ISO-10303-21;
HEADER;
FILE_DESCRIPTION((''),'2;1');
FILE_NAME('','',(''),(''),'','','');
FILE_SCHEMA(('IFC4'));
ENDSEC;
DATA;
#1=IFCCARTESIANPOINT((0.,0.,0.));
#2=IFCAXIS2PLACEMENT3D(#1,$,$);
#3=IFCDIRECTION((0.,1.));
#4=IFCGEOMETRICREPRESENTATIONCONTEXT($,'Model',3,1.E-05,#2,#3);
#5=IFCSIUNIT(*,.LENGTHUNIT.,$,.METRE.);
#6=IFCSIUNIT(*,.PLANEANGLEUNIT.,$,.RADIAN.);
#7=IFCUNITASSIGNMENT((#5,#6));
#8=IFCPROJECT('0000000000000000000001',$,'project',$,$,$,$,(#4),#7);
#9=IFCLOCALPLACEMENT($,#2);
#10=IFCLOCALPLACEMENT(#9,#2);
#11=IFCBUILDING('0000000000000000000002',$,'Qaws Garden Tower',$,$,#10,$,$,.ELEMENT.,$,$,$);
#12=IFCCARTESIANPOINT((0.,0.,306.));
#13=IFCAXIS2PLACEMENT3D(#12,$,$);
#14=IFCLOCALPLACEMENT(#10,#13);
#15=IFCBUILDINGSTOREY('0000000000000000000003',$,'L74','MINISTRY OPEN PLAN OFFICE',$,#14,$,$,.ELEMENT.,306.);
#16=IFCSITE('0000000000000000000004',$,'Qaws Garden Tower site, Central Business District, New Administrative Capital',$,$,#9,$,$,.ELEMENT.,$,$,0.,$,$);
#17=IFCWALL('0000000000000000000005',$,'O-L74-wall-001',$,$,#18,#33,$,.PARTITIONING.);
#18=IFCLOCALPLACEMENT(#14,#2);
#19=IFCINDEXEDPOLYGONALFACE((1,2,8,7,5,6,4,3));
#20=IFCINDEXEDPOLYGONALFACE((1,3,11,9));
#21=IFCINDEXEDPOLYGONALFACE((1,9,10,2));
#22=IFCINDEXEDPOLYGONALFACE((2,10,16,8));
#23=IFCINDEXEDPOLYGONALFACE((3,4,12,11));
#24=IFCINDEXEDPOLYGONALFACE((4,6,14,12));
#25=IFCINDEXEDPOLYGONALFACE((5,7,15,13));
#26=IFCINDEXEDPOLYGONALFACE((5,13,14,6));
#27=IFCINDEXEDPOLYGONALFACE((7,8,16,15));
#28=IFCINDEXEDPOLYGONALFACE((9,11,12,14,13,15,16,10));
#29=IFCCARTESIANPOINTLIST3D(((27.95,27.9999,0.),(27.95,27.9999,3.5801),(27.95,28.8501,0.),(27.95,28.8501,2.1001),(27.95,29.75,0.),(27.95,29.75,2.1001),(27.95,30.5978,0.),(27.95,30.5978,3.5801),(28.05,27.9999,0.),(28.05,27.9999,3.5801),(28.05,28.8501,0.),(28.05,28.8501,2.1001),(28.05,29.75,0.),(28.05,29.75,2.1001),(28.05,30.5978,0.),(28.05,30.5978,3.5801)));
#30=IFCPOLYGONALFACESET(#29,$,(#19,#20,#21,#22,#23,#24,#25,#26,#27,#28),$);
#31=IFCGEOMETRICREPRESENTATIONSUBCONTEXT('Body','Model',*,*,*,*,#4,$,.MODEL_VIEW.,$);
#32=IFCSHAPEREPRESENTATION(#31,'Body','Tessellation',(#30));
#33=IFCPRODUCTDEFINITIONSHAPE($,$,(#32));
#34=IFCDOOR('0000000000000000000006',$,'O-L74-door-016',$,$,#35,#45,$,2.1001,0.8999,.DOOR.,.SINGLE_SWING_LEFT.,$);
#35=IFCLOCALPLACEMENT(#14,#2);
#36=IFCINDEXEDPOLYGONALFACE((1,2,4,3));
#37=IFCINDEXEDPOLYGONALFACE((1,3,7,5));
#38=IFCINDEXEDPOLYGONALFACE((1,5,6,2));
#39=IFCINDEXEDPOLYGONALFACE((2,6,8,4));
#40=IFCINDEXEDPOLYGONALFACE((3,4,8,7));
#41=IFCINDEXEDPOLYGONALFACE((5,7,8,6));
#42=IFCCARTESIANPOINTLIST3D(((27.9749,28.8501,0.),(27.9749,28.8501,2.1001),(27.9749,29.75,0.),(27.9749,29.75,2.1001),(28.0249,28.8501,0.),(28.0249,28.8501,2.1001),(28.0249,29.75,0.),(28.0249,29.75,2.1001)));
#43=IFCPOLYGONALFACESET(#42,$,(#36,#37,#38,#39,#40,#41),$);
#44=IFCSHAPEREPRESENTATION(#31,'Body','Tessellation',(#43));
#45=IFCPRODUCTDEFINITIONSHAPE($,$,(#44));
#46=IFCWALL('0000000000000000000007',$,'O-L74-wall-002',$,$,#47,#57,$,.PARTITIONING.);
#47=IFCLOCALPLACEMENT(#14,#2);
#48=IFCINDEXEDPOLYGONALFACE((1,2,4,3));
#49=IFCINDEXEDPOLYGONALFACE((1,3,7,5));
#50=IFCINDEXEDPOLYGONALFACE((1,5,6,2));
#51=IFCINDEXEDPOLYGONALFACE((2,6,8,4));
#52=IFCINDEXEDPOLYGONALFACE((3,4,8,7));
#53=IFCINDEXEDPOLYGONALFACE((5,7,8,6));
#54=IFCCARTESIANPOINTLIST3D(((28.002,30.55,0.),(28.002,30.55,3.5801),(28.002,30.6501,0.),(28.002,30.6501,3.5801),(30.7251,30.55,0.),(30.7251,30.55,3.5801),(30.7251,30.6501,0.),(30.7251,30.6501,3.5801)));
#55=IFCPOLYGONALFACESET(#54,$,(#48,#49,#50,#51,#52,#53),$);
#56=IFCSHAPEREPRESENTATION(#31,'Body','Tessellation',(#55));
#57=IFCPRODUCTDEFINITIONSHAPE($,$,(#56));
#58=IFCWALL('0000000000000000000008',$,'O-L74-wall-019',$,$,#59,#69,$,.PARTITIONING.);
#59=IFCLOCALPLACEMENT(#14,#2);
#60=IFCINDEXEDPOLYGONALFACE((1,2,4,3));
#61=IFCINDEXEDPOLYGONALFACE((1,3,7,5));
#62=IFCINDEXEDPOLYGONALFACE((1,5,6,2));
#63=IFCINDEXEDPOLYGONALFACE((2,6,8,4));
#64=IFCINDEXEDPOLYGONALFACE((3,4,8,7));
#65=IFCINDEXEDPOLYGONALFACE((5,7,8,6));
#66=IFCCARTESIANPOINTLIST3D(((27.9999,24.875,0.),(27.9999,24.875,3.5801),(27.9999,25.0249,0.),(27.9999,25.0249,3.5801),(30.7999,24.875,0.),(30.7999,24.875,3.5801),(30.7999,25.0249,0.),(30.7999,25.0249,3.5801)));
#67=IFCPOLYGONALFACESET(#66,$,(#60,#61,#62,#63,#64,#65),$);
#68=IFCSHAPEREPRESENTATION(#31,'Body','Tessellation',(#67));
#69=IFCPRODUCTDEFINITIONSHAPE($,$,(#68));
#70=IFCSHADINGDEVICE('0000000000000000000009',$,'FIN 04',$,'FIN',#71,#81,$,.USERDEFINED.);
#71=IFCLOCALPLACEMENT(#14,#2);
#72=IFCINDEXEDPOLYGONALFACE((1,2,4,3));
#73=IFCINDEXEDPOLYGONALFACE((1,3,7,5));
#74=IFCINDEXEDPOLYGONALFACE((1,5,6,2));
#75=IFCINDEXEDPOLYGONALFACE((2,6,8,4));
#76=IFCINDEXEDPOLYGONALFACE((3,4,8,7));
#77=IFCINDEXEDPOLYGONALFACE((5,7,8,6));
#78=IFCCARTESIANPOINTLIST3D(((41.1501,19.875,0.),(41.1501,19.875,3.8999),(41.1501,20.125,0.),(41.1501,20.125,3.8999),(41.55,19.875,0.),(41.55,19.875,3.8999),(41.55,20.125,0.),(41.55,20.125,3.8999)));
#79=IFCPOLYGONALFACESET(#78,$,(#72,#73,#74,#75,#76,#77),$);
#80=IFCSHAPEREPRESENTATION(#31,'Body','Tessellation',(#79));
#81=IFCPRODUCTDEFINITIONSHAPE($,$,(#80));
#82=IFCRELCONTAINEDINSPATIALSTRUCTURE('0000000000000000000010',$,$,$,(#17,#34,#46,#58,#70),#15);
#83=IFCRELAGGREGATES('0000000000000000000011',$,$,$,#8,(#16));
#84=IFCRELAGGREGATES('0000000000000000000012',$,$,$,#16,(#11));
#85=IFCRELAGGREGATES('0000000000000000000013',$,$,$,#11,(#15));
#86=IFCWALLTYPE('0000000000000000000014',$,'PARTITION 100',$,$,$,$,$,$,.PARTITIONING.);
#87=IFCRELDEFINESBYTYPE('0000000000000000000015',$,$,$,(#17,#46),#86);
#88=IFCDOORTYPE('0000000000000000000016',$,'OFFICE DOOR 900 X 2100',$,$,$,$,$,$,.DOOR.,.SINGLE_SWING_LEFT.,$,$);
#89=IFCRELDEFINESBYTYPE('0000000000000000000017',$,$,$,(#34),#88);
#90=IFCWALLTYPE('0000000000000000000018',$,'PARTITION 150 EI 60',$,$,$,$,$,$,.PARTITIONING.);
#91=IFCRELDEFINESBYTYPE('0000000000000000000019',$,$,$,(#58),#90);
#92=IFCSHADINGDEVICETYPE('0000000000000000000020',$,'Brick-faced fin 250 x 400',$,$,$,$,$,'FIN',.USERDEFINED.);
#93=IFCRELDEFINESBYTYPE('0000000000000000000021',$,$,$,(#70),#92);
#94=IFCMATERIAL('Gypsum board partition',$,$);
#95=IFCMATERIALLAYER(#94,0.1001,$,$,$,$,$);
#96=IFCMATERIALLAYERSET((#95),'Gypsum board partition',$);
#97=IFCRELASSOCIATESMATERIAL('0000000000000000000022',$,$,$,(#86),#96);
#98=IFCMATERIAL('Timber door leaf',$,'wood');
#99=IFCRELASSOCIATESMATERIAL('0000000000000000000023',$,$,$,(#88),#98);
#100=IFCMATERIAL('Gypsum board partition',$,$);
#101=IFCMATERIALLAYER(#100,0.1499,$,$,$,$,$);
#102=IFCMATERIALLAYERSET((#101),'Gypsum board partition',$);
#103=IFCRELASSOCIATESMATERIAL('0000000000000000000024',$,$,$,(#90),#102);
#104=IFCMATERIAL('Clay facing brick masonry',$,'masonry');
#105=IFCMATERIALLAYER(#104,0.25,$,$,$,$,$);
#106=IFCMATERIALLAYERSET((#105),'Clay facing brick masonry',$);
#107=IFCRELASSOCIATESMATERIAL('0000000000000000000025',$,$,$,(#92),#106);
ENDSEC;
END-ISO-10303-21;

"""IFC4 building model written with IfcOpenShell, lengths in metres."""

from ifc_helpers import new_model, si_unit, direction, frame, frame_2d, origin, origin_2d, place, context, subcontext, project, spatial, rectangle, extrude, material, layer, layer_set, type_object, element, fill, save


model = new_model("IFC4")

# Units and contexts
model_context = context("Model", 3, precision=1e-05, world=origin(), true_north=direction((0.0, 1.0)))
body_context = subcontext(model_context, "Body", "Model", "MODEL_VIEW")
ifc_project = project(units=[si_unit("LENGTHUNIT", "METRE"), si_unit("PLANEANGLEUNIT", "RADIAN")], contexts=[model_context])

# Site, building, storey
site_placement = place(None, origin())
site = spatial("IfcSite", under=ifc_project, at=site_placement, Name="Qaws Garden Tower site, Central Business District, New Administrative Capital", CompositionType="ELEMENT", RefElevation=0.0)
building_placement = place(site_placement, origin())
building = spatial("IfcBuilding", under=site, at=building_placement, Name="Qaws Garden Tower", CompositionType="ELEMENT")
storey_placement = place(building_placement, frame((0.0, 0.0, 306.0)))
storey = spatial("IfcBuildingStorey", under=building, at=storey_placement, Name="L74", Description="MINISTRY OPEN PLAN OFFICE", CompositionType="ELEMENT", Elevation=306.0)

# Wall, opening, door
ifc_material_1 = material(Name="Gypsum board partition")
ifc_layer_1 = layer(ifc_material_1, 0.1001)
ifc_layer_set_1 = layer_set([ifc_layer_1], Name="Gypsum board partition")
wall_type_1 = type_object("IfcWallType", Name="PARTITION 100", PredefinedType="PARTITIONING", material=ifc_layer_set_1)
wall_1_placement = place(storey_placement, frame((28.0, 28.0, 0.0), z_axis=(0.0, 0.0, 1.0), x_axis=(0.0, 1.0, 0.0)))
wall_1 = element("IfcWall", 1, at=wall_1_placement, inside=storey, type_object=wall_type_1, Name="O-L74-wall-001", PredefinedType="PARTITIONING", context=body_context, shape_type="SweptSolid", body=[
    extrude(rectangle(XDim=2.5979, YDim=0.1001, at=frame_2d((1.2988, 0.0))), origin(), (0.0, 0.0, 1.0), 3.5801),
])
opening_1_placement = place(wall_1_placement, frame((0.8501, 0.0, 0.0)))
opening_1 = element("IfcOpeningElement", 2, at=opening_1_placement, cuts=wall_1, PredefinedType="OPENING", context=body_context, shape_type="SweptSolid", body=[
    extrude(rectangle(XDim=0.8999, YDim=2.1001, at=frame_2d((0.45, 1.05))), frame((0.0, 0.0601, 0.0), z_axis=(0.0, -1.0, 0.0), x_axis=(1.0, 0.0, 0.0)), (0.0, 0.0, 1.0), 0.1201),
])
ifc_material_2 = material(Name="Timber door leaf", Category="wood")
door_type_1 = type_object("IfcDoorType", Name="OFFICE DOOR 900 X 2100", OperationType="SINGLE_SWING_LEFT", PredefinedType="DOOR", material=ifc_material_2)
door_1_placement = place(opening_1_placement, frame((0.8999, 0.0, 0.0), z_axis=(0.0, 0.0, 1.0), x_axis=(-1.0, 0.0, 0.0)))
door_1 = element("IfcDoor", 3, at=door_1_placement, inside=storey, type_object=door_type_1, Name="O-L74-door-016", OperationType="SINGLE_SWING_LEFT", OverallHeight=2.1001, OverallWidth=0.8999, PredefinedType="DOOR", context=body_context, shape_type="SweptSolid", body=[
    extrude(rectangle(XDim=0.8999, YDim=2.1001, at=frame_2d((0.45, 1.05))), frame((0.0, 0.0249, 0.0), z_axis=(0.0, -1.0, 0.0), x_axis=(1.0, 0.0, 0.0)), (0.0, 0.0, 1.0), 0.05),
])
fill(opening_1, door_1)

# Walls
wall_2_placement = place(storey_placement, frame((28.002, 30.6001, 0.0), z_axis=(0.0, 0.0, 1.0), x_axis=(1.0, 0.0, 0.0)))
element("IfcWall", 4, at=wall_2_placement, inside=storey, type_object=wall_type_1, Name="O-L74-wall-002", PredefinedType="PARTITIONING", context=body_context, shape_type="SweptSolid", body=[
    extrude(rectangle(XDim=2.7231, YDim=0.1001, at=frame_2d((1.3616, 0.0))), origin(), (0.0, 0.0, 1.0), 3.5801),
])
ifc_material_3 = material(Name="Gypsum board partition")
ifc_layer_2 = layer(ifc_material_3, 0.1499)
ifc_layer_set_2 = layer_set([ifc_layer_2], Name="Gypsum board partition")
wall_type_2 = type_object("IfcWallType", Name="PARTITION 150 EI 60", PredefinedType="PARTITIONING", material=ifc_layer_set_2)
wall_3_placement = place(storey_placement, frame((28.0, 24.95, 0.0), z_axis=(0.0, 0.0, 1.0), x_axis=(1.0, 0.0, 0.0)))
element("IfcWall", 5, at=wall_3_placement, inside=storey, type_object=wall_type_2, Name="O-L74-wall-019", PredefinedType="PARTITIONING", context=body_context, shape_type="SweptSolid", body=[
    extrude(rectangle(XDim=2.8, YDim=0.1499, at=frame_2d((1.3999, 0.0))), origin(), (0.0, 0.0, 1.0), 3.5801),
])

# Shading device
ifc_material_4 = material(Name="Clay facing brick masonry", Category="masonry")
ifc_layer_3 = layer(ifc_material_4, 0.25)
ifc_layer_set_3 = layer_set([ifc_layer_3], Name="Clay facing brick masonry")
shading_device_type = type_object("IfcShadingDeviceType", Name="Brick-faced fin 250 x 400", ElementType="FIN", PredefinedType="USERDEFINED", material=ifc_layer_set_3)
shading_device_placement = place(storey_placement, frame((41.3501, 20.0, 0.0), z_axis=(0.0, 0.0, 1.0), x_axis=(0.0, 1.0, 0.0)))
element("IfcShadingDevice", 6, at=shading_device_placement, inside=storey, type_object=shading_device_type, Name="FIN 04", ObjectType="FIN", PredefinedType="USERDEFINED", context=body_context, shape_type="SweptSolid", body=[
    extrude(rectangle(XDim=0.25, YDim=0.3999, at=origin_2d()), origin(), (0.0, 0.0, 1.0), 3.8999),
])

save(model, "model.ifc")
